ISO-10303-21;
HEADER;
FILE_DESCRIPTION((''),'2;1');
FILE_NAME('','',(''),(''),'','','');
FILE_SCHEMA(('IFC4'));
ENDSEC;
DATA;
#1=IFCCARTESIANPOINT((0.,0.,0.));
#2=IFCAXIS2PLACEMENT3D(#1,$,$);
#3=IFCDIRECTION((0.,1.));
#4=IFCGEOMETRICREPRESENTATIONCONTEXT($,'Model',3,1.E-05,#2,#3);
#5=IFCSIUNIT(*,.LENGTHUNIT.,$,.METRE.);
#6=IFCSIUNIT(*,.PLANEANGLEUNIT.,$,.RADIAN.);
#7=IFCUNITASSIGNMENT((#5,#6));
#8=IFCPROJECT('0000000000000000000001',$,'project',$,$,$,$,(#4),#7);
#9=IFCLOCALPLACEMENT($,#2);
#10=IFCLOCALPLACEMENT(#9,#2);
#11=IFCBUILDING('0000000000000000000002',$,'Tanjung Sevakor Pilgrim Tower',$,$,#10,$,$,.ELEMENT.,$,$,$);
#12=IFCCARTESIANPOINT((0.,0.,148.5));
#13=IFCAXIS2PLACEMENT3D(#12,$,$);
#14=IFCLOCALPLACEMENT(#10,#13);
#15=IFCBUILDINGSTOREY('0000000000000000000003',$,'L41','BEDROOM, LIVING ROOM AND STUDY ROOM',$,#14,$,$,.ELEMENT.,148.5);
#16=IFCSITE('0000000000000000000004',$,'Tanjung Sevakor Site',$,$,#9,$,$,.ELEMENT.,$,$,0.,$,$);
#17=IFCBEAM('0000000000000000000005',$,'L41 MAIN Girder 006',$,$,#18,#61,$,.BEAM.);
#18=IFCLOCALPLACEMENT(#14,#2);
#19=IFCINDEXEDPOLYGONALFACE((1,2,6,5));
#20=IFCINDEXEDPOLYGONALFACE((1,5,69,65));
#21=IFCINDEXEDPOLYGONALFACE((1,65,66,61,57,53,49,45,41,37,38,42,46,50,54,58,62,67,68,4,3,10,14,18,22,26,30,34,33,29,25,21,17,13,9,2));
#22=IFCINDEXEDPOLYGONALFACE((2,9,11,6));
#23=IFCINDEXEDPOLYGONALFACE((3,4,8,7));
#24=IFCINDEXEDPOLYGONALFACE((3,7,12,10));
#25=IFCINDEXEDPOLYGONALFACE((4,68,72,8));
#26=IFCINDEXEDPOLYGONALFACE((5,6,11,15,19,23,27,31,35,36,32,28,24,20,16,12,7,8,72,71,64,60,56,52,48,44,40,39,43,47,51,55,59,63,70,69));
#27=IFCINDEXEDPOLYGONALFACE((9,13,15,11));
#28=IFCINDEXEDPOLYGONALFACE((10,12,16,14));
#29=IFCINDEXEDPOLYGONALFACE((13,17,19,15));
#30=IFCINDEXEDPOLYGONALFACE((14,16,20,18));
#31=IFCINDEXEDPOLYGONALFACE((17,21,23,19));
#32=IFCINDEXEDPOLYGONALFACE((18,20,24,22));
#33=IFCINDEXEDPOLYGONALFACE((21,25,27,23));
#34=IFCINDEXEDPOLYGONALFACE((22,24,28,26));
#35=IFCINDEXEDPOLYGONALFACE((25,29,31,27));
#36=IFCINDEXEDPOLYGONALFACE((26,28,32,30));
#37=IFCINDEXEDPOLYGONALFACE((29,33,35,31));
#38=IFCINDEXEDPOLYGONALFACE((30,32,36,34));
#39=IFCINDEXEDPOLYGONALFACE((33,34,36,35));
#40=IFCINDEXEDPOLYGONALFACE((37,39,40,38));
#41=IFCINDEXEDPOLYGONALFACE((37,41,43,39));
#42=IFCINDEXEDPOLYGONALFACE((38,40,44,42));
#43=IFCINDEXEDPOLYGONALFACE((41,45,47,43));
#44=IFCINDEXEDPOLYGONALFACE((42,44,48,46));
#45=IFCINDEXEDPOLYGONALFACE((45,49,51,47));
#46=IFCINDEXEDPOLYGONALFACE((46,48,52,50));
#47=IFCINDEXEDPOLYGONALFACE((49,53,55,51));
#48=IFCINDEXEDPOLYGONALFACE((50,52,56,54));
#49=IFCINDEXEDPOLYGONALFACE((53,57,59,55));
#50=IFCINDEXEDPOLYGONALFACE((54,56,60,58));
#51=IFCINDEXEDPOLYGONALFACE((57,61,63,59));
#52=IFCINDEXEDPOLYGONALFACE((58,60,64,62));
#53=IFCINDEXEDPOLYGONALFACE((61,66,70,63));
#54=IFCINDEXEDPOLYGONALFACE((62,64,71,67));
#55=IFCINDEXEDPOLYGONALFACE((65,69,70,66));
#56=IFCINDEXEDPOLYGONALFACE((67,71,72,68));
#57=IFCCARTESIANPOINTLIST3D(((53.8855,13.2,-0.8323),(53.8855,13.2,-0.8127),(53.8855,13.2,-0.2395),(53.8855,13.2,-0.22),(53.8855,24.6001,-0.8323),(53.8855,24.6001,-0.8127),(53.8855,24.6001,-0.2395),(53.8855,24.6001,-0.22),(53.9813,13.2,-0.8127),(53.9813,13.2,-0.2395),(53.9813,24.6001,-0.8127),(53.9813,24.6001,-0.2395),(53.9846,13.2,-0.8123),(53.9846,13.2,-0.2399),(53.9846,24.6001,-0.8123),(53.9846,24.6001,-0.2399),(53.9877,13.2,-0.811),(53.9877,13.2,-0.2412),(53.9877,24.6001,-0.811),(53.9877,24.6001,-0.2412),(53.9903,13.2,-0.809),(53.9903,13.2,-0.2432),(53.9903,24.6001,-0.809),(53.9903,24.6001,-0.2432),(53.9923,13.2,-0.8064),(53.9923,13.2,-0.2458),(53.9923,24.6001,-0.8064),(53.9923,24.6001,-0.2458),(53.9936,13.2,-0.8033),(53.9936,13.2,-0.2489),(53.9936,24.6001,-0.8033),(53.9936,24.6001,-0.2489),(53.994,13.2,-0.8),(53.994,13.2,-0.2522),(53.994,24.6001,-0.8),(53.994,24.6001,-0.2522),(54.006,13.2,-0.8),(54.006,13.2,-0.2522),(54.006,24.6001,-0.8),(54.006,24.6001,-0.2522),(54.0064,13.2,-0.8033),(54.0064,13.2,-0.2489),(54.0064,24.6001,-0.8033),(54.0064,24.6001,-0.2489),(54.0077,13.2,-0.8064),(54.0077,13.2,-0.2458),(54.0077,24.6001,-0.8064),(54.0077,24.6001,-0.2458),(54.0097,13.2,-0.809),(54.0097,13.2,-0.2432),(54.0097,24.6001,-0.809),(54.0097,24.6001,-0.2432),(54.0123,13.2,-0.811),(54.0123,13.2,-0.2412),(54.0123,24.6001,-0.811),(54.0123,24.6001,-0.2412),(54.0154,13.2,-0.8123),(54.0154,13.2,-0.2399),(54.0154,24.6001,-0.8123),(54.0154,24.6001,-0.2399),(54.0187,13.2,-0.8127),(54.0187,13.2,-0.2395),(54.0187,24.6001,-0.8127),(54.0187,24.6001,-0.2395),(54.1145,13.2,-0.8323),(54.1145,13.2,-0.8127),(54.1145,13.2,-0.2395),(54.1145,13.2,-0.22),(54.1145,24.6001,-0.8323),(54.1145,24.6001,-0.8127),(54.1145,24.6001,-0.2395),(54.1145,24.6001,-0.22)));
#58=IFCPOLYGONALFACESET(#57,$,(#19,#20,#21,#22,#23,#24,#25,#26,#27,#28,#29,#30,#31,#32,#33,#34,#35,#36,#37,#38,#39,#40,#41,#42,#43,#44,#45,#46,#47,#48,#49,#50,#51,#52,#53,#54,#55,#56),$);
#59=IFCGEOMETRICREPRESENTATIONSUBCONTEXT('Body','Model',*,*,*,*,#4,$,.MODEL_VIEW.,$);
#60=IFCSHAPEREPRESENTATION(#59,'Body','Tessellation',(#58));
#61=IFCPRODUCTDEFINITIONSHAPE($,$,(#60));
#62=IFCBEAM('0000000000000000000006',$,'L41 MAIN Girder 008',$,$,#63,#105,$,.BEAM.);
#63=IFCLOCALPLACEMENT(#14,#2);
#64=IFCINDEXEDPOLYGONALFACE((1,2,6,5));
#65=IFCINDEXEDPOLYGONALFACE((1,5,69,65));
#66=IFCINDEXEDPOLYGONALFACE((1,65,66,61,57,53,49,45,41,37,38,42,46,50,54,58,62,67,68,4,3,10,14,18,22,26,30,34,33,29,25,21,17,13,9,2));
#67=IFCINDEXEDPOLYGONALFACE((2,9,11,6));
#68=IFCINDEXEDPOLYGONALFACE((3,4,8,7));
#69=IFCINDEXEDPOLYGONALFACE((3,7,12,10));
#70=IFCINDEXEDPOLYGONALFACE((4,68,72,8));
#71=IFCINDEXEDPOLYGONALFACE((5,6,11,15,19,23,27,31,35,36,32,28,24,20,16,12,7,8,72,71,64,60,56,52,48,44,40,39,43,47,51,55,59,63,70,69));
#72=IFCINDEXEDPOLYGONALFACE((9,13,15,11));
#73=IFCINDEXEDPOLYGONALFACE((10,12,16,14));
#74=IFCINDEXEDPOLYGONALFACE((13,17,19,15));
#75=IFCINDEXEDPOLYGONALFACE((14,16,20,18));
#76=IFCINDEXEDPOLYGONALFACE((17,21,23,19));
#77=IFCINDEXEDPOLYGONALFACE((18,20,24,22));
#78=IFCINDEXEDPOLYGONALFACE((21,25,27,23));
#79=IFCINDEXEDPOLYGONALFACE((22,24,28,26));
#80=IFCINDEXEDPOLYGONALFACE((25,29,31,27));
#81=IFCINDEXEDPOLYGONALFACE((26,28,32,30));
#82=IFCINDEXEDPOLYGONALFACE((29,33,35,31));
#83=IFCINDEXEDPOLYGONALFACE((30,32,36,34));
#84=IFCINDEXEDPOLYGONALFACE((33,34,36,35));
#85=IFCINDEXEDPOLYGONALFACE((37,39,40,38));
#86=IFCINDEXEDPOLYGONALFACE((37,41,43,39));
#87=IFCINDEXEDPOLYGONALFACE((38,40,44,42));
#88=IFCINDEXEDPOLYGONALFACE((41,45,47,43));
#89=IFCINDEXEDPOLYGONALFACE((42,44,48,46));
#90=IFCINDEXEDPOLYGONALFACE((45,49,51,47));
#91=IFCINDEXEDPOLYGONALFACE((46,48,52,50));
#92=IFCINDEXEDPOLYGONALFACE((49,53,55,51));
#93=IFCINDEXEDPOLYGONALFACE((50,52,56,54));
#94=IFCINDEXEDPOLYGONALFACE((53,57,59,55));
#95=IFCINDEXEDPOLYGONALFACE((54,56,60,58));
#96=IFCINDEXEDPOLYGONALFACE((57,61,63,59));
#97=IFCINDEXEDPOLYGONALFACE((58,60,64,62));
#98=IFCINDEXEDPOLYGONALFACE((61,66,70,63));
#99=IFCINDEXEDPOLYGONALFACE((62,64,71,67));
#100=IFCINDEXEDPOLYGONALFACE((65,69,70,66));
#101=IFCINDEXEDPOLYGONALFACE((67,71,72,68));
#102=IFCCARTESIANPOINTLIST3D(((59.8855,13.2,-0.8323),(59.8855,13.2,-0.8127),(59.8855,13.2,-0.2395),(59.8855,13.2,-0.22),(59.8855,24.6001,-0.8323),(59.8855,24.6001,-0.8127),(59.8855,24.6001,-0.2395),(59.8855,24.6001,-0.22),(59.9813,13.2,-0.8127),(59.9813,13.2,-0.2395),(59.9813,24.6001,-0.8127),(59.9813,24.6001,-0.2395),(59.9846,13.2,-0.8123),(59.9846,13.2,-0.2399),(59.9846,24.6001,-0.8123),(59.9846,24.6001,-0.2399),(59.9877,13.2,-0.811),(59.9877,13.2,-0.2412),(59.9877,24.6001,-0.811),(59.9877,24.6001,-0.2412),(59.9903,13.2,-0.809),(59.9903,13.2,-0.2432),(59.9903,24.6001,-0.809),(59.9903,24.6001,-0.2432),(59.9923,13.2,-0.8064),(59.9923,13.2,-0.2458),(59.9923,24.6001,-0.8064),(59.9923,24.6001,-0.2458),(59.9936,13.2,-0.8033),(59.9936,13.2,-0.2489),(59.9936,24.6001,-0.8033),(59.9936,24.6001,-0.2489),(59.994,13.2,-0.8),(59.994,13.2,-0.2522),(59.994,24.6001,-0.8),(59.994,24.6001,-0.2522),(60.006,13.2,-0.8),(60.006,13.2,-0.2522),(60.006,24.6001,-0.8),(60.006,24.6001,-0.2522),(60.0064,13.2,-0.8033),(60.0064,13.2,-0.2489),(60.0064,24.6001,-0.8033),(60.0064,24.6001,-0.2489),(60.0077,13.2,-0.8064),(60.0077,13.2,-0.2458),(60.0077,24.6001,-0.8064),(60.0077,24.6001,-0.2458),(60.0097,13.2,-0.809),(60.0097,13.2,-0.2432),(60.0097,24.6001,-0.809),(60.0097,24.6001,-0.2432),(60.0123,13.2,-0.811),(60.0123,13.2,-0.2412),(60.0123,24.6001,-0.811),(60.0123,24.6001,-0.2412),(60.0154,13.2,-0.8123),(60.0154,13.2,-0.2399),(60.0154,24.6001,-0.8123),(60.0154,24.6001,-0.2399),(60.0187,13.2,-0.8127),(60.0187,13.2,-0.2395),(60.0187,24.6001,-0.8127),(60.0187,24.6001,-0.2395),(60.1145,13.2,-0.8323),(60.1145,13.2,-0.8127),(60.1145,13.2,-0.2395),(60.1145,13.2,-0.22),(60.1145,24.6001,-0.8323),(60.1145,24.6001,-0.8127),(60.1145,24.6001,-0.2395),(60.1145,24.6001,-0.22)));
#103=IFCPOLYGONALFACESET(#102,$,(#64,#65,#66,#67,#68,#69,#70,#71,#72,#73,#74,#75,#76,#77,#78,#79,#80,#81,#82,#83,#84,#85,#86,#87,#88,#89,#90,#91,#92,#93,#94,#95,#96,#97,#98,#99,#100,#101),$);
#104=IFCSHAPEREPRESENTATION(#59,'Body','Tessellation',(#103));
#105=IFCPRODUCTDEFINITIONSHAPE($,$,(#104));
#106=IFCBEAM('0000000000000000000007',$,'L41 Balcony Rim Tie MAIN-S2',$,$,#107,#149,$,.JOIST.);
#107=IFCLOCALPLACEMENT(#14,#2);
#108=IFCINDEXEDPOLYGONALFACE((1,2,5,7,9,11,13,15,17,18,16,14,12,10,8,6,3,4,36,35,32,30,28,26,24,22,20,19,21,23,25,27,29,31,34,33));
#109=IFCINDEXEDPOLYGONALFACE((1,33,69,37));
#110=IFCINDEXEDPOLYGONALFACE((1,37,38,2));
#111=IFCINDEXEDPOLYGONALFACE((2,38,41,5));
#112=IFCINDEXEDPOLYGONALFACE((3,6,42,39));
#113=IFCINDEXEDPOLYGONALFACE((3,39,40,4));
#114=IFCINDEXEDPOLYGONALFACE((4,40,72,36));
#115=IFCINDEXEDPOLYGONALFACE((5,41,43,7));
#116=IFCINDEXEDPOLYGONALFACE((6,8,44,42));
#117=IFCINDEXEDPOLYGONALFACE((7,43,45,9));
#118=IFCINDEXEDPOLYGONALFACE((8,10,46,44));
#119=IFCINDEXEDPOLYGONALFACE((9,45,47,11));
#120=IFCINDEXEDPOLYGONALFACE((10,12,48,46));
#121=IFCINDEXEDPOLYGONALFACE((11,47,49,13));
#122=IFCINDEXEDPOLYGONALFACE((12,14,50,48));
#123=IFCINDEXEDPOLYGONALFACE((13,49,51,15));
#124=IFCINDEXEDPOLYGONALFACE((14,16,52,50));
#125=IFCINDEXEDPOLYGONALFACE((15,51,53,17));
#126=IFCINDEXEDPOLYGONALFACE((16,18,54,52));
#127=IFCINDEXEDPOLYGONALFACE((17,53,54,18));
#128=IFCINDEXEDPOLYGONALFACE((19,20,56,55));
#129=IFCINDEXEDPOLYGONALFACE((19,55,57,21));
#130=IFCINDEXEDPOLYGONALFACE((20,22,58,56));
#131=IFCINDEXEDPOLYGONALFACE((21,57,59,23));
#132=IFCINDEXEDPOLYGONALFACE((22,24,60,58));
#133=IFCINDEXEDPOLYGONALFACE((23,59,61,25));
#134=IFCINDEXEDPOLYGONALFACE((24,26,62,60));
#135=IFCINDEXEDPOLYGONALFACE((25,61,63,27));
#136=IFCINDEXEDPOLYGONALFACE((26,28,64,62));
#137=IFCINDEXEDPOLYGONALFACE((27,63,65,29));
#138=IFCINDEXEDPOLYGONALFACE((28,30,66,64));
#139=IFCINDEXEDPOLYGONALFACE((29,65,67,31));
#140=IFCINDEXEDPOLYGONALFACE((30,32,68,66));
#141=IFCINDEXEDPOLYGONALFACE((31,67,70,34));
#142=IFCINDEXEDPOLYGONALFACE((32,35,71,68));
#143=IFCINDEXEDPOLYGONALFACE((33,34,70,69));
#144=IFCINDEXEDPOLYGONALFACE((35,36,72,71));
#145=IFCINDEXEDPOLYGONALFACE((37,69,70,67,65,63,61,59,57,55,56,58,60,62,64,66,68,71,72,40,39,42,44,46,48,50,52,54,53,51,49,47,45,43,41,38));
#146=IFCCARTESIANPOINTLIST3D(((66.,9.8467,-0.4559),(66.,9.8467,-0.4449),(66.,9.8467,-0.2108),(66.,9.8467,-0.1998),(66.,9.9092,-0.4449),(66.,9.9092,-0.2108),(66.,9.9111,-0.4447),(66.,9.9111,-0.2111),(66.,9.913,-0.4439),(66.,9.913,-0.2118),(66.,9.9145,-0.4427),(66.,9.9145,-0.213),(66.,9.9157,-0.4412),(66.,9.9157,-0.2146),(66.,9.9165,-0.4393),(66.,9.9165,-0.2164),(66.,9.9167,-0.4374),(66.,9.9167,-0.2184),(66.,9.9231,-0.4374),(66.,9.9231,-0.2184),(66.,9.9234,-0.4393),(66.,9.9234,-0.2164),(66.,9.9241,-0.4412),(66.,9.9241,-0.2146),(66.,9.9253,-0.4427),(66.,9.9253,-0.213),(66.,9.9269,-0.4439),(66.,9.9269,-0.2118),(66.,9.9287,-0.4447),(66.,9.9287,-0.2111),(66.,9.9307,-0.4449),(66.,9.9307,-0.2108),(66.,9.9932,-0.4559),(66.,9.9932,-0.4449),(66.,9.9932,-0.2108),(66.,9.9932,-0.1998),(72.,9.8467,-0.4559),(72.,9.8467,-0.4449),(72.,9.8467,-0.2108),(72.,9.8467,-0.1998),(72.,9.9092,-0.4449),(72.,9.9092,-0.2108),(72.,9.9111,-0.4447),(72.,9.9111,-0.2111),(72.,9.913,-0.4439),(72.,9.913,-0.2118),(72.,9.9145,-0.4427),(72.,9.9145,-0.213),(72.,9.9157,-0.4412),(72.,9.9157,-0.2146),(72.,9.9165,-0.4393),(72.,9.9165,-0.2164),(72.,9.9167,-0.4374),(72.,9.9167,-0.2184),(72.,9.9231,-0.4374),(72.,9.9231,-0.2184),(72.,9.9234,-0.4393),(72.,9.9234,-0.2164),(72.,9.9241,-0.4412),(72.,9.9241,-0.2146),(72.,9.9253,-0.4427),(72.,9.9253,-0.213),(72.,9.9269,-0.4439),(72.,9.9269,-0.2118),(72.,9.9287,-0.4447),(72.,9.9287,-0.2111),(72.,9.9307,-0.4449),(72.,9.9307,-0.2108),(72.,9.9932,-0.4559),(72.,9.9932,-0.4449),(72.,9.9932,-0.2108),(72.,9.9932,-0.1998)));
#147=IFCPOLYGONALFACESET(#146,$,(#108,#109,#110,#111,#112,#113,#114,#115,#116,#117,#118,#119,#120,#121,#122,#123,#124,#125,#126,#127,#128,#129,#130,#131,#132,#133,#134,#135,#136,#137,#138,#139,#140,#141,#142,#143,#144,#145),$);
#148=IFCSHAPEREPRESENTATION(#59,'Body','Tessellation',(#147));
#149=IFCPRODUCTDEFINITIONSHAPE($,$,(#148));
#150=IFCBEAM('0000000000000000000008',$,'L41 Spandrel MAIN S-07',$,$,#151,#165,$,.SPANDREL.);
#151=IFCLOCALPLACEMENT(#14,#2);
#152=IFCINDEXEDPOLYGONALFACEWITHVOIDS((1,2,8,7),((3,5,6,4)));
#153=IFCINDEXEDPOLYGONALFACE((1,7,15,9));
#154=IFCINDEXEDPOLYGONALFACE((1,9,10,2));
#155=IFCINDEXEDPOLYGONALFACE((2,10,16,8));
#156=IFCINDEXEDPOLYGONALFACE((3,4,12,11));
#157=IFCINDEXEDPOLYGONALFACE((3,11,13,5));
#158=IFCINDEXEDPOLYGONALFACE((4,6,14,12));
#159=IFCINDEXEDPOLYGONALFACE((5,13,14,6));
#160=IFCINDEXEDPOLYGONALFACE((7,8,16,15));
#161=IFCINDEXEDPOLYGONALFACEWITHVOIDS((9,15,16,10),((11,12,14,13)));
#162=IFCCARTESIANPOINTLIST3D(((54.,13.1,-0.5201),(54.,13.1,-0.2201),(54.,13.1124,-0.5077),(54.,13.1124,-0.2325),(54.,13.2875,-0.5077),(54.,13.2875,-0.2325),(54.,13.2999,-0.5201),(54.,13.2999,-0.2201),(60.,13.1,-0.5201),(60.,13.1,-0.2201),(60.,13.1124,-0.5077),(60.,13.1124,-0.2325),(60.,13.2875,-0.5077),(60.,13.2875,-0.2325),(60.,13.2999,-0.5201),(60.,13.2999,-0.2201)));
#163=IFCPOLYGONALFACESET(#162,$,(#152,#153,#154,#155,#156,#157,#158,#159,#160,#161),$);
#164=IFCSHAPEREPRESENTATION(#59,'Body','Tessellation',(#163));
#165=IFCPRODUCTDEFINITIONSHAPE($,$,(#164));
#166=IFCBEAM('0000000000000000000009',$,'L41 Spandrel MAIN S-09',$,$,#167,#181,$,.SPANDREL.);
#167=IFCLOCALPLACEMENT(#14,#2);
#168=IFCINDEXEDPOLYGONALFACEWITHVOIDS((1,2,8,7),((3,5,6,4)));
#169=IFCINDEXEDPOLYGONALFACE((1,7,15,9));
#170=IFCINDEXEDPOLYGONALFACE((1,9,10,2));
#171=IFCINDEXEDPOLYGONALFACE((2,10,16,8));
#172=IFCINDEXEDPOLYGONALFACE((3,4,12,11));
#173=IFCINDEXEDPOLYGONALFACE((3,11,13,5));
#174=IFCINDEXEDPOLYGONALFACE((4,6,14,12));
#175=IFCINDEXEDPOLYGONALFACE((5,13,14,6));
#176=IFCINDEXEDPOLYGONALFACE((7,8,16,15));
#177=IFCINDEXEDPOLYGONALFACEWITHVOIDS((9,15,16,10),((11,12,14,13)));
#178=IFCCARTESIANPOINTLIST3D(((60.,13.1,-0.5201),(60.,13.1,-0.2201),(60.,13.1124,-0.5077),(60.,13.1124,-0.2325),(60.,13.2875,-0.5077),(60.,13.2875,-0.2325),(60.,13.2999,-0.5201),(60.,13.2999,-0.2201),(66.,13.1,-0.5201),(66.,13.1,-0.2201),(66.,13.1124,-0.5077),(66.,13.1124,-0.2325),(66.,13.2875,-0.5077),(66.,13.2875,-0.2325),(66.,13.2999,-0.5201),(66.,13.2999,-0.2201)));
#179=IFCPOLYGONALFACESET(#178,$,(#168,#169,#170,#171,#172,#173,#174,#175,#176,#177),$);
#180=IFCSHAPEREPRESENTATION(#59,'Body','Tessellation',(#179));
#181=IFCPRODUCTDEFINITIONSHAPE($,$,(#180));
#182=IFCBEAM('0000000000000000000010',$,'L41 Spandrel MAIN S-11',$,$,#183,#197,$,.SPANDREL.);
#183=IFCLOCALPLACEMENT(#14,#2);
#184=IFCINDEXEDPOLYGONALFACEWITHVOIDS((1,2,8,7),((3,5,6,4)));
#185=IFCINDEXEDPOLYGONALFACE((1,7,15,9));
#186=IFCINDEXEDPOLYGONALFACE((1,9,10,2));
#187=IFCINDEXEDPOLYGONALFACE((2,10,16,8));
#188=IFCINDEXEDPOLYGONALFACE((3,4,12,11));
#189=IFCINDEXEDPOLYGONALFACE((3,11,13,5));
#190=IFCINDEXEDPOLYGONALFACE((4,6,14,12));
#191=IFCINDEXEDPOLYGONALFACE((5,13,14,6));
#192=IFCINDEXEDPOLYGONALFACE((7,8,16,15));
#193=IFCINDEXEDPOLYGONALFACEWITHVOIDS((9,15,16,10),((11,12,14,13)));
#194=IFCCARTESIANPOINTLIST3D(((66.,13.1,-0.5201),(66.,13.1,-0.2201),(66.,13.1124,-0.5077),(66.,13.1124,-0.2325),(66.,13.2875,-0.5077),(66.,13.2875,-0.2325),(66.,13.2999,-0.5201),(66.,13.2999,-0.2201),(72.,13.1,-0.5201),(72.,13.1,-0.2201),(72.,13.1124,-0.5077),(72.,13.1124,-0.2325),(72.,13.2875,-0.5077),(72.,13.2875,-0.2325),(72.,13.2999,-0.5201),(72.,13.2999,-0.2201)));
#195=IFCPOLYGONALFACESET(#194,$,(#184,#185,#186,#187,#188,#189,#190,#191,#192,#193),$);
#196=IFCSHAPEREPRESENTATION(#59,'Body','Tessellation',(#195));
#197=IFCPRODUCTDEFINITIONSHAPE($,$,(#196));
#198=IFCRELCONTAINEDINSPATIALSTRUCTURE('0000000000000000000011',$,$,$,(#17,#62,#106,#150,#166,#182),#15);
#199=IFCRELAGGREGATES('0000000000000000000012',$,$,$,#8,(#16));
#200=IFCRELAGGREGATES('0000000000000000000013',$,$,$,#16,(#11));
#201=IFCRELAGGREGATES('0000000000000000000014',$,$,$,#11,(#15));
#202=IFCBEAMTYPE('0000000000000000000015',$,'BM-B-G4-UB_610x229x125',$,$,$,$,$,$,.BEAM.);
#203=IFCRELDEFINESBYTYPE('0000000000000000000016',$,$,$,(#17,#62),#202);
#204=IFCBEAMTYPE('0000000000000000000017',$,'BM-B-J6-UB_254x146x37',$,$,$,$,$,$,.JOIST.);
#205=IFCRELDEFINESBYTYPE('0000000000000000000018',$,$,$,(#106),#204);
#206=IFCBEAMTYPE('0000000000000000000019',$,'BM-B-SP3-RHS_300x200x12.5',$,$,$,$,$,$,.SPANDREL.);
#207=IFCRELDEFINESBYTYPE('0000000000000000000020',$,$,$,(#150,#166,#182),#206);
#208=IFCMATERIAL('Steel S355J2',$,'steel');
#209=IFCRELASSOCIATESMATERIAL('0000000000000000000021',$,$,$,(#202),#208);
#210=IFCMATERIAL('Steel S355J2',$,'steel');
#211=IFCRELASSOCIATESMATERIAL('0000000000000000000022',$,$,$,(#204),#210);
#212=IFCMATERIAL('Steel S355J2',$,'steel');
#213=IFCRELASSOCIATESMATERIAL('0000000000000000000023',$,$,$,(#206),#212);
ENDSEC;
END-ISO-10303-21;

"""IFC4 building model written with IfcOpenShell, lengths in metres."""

from ifc_helpers import new_model, si_unit, direction, frame, origin, origin_2d, place, context, subcontext, project, spatial, hollow_rectangle, i_section, extrude, material, material_profile, profile_set, type_object, element, save


model = new_model("IFC4")

# Units and contexts
model_context = context("Model", 3, precision=1e-05, world=origin(), true_north=direction((0.0, 1.0)))
body_context = subcontext(model_context, "Body", "Model", "MODEL_VIEW")
ifc_project = project(units=[si_unit("LENGTHUNIT", "METRE"), si_unit("PLANEANGLEUNIT", "RADIAN")], contexts=[model_context])

# Site, building, storey
site_placement = place(None, origin())
site = spatial("IfcSite", under=ifc_project, at=site_placement, Name="Tanjung Sevakor Site", CompositionType="ELEMENT", RefElevation=0.0)
building_placement = place(site_placement, origin())
building = spatial("IfcBuilding", under=site, at=building_placement, Name="Tanjung Sevakor Pilgrim Tower", CompositionType="ELEMENT")
storey_placement = place(building_placement, frame((0.0, 0.0, 148.5)))
storey = spatial("IfcBuildingStorey", under=building, at=storey_placement, Name="L41", Description="BEDROOM, LIVING ROOM AND STUDY ROOM", CompositionType="ELEMENT", Elevation=148.5)

# Beams
ifc_material_1 = material(Name="Steel S355J2", Category="steel")
ifc_material_profile_1 = material_profile(ifc_material_1, i_section(OverallWidth=0.229, OverallDepth=0.6123, WebThickness=0.012, FlangeThickness=0.0195, FilletRadius=0.0127, at=origin_2d()))
ifc_profile_set_1 = profile_set([ifc_material_profile_1], Name="Steel S355J2")
beam_type_1 = type_object("IfcBeamType", Name="BM-B-G4-UB_610x229x125", PredefinedType="BEAM", material=ifc_profile_set_1)
for number, where, z_axis, x_axis, name in (
    (1, (54.0, 13.2, -0.5261), (0.0, 1.0, 0.0), (-1.0, 0.0, 0.0), "L41 MAIN Girder 006"),
    (2, (60.0, 13.2, -0.5261), (0.0, 1.0, 0.0), (-1.0, 0.0, 0.0), "L41 MAIN Girder 008"),
):
    element("IfcBeam", number, at=place(storey_placement, frame(where, z_axis=z_axis, x_axis=x_axis)), inside=storey, type_object=beam_type_1, Name=name, PredefinedType="BEAM", context=body_context, shape_type="SweptSolid", body=[
        extrude(i_section(OverallWidth=0.229, OverallDepth=0.6123, WebThickness=0.012, FlangeThickness=0.0195, FilletRadius=0.0127, at=origin_2d()), origin(), (0.0, 0.0, 1.0), 11.4001),
    ])
ifc_material_2 = material(Name="Steel S355J2", Category="steel")
ifc_material_profile_2 = material_profile(ifc_material_2, i_section(OverallWidth=0.1465, OverallDepth=0.2561, WebThickness=0.0063, FlangeThickness=0.011, FilletRadius=0.0076, at=origin_2d()))
ifc_profile_set_2 = profile_set([ifc_material_profile_2], Name="Steel S355J2")
beam_type_2 = type_object("IfcBeamType", Name="BM-B-J6-UB_254x146x37", PredefinedType="JOIST", material=ifc_profile_set_2)
beam_placement = place(storey_placement, frame((66.0, 9.9199, -0.3279), z_axis=(1.0, 0.0, 0.0), x_axis=(0.0, 1.0, 0.0)))
element("IfcBeam", 3, at=beam_placement, inside=storey, type_object=beam_type_2, Name="L41 Balcony Rim Tie MAIN-S2", PredefinedType="JOIST", context=body_context, shape_type="SweptSolid", body=[
    extrude(i_section(OverallWidth=0.1465, OverallDepth=0.2561, WebThickness=0.0063, FlangeThickness=0.011, FilletRadius=0.0076, at=origin_2d()), origin(), (0.0, 0.0, 1.0), 6.0),
])
ifc_material_3 = material(Name="Steel S355J2", Category="steel")
ifc_material_profile_3 = material_profile(ifc_material_3, hollow_rectangle(XDim=0.2, YDim=0.3, WallThickness=0.0125, at=origin_2d()))
ifc_profile_set_3 = profile_set([ifc_material_profile_3], Name="Steel S355J2")
beam_type_3 = type_object("IfcBeamType", Name="BM-B-SP3-RHS_300x200x12.5", PredefinedType="SPANDREL", material=ifc_profile_set_3)
for number, where, z_axis, x_axis, name in (
    (4, (54.0, 13.2, -0.3701), (1.0, 0.0, 0.0), (0.0, 1.0, 0.0), "L41 Spandrel MAIN S-07"),
    (5, (60.0, 13.2, -0.3701), (1.0, 0.0, 0.0), (0.0, 1.0, 0.0), "L41 Spandrel MAIN S-09"),
    (6, (66.0, 13.2, -0.3701), (1.0, 0.0, 0.0), (0.0, 1.0, 0.0), "L41 Spandrel MAIN S-11"),
):
    element("IfcBeam", number, at=place(storey_placement, frame(where, z_axis=z_axis, x_axis=x_axis)), inside=storey, type_object=beam_type_3, Name=name, PredefinedType="SPANDREL", context=body_context, shape_type="SweptSolid", body=[
        extrude(hollow_rectangle(XDim=0.2, YDim=0.3, WallThickness=0.0125, at=origin_2d()), origin(), (0.0, 0.0, 1.0), 6.0),
    ])

save(model, "model.ifc")
